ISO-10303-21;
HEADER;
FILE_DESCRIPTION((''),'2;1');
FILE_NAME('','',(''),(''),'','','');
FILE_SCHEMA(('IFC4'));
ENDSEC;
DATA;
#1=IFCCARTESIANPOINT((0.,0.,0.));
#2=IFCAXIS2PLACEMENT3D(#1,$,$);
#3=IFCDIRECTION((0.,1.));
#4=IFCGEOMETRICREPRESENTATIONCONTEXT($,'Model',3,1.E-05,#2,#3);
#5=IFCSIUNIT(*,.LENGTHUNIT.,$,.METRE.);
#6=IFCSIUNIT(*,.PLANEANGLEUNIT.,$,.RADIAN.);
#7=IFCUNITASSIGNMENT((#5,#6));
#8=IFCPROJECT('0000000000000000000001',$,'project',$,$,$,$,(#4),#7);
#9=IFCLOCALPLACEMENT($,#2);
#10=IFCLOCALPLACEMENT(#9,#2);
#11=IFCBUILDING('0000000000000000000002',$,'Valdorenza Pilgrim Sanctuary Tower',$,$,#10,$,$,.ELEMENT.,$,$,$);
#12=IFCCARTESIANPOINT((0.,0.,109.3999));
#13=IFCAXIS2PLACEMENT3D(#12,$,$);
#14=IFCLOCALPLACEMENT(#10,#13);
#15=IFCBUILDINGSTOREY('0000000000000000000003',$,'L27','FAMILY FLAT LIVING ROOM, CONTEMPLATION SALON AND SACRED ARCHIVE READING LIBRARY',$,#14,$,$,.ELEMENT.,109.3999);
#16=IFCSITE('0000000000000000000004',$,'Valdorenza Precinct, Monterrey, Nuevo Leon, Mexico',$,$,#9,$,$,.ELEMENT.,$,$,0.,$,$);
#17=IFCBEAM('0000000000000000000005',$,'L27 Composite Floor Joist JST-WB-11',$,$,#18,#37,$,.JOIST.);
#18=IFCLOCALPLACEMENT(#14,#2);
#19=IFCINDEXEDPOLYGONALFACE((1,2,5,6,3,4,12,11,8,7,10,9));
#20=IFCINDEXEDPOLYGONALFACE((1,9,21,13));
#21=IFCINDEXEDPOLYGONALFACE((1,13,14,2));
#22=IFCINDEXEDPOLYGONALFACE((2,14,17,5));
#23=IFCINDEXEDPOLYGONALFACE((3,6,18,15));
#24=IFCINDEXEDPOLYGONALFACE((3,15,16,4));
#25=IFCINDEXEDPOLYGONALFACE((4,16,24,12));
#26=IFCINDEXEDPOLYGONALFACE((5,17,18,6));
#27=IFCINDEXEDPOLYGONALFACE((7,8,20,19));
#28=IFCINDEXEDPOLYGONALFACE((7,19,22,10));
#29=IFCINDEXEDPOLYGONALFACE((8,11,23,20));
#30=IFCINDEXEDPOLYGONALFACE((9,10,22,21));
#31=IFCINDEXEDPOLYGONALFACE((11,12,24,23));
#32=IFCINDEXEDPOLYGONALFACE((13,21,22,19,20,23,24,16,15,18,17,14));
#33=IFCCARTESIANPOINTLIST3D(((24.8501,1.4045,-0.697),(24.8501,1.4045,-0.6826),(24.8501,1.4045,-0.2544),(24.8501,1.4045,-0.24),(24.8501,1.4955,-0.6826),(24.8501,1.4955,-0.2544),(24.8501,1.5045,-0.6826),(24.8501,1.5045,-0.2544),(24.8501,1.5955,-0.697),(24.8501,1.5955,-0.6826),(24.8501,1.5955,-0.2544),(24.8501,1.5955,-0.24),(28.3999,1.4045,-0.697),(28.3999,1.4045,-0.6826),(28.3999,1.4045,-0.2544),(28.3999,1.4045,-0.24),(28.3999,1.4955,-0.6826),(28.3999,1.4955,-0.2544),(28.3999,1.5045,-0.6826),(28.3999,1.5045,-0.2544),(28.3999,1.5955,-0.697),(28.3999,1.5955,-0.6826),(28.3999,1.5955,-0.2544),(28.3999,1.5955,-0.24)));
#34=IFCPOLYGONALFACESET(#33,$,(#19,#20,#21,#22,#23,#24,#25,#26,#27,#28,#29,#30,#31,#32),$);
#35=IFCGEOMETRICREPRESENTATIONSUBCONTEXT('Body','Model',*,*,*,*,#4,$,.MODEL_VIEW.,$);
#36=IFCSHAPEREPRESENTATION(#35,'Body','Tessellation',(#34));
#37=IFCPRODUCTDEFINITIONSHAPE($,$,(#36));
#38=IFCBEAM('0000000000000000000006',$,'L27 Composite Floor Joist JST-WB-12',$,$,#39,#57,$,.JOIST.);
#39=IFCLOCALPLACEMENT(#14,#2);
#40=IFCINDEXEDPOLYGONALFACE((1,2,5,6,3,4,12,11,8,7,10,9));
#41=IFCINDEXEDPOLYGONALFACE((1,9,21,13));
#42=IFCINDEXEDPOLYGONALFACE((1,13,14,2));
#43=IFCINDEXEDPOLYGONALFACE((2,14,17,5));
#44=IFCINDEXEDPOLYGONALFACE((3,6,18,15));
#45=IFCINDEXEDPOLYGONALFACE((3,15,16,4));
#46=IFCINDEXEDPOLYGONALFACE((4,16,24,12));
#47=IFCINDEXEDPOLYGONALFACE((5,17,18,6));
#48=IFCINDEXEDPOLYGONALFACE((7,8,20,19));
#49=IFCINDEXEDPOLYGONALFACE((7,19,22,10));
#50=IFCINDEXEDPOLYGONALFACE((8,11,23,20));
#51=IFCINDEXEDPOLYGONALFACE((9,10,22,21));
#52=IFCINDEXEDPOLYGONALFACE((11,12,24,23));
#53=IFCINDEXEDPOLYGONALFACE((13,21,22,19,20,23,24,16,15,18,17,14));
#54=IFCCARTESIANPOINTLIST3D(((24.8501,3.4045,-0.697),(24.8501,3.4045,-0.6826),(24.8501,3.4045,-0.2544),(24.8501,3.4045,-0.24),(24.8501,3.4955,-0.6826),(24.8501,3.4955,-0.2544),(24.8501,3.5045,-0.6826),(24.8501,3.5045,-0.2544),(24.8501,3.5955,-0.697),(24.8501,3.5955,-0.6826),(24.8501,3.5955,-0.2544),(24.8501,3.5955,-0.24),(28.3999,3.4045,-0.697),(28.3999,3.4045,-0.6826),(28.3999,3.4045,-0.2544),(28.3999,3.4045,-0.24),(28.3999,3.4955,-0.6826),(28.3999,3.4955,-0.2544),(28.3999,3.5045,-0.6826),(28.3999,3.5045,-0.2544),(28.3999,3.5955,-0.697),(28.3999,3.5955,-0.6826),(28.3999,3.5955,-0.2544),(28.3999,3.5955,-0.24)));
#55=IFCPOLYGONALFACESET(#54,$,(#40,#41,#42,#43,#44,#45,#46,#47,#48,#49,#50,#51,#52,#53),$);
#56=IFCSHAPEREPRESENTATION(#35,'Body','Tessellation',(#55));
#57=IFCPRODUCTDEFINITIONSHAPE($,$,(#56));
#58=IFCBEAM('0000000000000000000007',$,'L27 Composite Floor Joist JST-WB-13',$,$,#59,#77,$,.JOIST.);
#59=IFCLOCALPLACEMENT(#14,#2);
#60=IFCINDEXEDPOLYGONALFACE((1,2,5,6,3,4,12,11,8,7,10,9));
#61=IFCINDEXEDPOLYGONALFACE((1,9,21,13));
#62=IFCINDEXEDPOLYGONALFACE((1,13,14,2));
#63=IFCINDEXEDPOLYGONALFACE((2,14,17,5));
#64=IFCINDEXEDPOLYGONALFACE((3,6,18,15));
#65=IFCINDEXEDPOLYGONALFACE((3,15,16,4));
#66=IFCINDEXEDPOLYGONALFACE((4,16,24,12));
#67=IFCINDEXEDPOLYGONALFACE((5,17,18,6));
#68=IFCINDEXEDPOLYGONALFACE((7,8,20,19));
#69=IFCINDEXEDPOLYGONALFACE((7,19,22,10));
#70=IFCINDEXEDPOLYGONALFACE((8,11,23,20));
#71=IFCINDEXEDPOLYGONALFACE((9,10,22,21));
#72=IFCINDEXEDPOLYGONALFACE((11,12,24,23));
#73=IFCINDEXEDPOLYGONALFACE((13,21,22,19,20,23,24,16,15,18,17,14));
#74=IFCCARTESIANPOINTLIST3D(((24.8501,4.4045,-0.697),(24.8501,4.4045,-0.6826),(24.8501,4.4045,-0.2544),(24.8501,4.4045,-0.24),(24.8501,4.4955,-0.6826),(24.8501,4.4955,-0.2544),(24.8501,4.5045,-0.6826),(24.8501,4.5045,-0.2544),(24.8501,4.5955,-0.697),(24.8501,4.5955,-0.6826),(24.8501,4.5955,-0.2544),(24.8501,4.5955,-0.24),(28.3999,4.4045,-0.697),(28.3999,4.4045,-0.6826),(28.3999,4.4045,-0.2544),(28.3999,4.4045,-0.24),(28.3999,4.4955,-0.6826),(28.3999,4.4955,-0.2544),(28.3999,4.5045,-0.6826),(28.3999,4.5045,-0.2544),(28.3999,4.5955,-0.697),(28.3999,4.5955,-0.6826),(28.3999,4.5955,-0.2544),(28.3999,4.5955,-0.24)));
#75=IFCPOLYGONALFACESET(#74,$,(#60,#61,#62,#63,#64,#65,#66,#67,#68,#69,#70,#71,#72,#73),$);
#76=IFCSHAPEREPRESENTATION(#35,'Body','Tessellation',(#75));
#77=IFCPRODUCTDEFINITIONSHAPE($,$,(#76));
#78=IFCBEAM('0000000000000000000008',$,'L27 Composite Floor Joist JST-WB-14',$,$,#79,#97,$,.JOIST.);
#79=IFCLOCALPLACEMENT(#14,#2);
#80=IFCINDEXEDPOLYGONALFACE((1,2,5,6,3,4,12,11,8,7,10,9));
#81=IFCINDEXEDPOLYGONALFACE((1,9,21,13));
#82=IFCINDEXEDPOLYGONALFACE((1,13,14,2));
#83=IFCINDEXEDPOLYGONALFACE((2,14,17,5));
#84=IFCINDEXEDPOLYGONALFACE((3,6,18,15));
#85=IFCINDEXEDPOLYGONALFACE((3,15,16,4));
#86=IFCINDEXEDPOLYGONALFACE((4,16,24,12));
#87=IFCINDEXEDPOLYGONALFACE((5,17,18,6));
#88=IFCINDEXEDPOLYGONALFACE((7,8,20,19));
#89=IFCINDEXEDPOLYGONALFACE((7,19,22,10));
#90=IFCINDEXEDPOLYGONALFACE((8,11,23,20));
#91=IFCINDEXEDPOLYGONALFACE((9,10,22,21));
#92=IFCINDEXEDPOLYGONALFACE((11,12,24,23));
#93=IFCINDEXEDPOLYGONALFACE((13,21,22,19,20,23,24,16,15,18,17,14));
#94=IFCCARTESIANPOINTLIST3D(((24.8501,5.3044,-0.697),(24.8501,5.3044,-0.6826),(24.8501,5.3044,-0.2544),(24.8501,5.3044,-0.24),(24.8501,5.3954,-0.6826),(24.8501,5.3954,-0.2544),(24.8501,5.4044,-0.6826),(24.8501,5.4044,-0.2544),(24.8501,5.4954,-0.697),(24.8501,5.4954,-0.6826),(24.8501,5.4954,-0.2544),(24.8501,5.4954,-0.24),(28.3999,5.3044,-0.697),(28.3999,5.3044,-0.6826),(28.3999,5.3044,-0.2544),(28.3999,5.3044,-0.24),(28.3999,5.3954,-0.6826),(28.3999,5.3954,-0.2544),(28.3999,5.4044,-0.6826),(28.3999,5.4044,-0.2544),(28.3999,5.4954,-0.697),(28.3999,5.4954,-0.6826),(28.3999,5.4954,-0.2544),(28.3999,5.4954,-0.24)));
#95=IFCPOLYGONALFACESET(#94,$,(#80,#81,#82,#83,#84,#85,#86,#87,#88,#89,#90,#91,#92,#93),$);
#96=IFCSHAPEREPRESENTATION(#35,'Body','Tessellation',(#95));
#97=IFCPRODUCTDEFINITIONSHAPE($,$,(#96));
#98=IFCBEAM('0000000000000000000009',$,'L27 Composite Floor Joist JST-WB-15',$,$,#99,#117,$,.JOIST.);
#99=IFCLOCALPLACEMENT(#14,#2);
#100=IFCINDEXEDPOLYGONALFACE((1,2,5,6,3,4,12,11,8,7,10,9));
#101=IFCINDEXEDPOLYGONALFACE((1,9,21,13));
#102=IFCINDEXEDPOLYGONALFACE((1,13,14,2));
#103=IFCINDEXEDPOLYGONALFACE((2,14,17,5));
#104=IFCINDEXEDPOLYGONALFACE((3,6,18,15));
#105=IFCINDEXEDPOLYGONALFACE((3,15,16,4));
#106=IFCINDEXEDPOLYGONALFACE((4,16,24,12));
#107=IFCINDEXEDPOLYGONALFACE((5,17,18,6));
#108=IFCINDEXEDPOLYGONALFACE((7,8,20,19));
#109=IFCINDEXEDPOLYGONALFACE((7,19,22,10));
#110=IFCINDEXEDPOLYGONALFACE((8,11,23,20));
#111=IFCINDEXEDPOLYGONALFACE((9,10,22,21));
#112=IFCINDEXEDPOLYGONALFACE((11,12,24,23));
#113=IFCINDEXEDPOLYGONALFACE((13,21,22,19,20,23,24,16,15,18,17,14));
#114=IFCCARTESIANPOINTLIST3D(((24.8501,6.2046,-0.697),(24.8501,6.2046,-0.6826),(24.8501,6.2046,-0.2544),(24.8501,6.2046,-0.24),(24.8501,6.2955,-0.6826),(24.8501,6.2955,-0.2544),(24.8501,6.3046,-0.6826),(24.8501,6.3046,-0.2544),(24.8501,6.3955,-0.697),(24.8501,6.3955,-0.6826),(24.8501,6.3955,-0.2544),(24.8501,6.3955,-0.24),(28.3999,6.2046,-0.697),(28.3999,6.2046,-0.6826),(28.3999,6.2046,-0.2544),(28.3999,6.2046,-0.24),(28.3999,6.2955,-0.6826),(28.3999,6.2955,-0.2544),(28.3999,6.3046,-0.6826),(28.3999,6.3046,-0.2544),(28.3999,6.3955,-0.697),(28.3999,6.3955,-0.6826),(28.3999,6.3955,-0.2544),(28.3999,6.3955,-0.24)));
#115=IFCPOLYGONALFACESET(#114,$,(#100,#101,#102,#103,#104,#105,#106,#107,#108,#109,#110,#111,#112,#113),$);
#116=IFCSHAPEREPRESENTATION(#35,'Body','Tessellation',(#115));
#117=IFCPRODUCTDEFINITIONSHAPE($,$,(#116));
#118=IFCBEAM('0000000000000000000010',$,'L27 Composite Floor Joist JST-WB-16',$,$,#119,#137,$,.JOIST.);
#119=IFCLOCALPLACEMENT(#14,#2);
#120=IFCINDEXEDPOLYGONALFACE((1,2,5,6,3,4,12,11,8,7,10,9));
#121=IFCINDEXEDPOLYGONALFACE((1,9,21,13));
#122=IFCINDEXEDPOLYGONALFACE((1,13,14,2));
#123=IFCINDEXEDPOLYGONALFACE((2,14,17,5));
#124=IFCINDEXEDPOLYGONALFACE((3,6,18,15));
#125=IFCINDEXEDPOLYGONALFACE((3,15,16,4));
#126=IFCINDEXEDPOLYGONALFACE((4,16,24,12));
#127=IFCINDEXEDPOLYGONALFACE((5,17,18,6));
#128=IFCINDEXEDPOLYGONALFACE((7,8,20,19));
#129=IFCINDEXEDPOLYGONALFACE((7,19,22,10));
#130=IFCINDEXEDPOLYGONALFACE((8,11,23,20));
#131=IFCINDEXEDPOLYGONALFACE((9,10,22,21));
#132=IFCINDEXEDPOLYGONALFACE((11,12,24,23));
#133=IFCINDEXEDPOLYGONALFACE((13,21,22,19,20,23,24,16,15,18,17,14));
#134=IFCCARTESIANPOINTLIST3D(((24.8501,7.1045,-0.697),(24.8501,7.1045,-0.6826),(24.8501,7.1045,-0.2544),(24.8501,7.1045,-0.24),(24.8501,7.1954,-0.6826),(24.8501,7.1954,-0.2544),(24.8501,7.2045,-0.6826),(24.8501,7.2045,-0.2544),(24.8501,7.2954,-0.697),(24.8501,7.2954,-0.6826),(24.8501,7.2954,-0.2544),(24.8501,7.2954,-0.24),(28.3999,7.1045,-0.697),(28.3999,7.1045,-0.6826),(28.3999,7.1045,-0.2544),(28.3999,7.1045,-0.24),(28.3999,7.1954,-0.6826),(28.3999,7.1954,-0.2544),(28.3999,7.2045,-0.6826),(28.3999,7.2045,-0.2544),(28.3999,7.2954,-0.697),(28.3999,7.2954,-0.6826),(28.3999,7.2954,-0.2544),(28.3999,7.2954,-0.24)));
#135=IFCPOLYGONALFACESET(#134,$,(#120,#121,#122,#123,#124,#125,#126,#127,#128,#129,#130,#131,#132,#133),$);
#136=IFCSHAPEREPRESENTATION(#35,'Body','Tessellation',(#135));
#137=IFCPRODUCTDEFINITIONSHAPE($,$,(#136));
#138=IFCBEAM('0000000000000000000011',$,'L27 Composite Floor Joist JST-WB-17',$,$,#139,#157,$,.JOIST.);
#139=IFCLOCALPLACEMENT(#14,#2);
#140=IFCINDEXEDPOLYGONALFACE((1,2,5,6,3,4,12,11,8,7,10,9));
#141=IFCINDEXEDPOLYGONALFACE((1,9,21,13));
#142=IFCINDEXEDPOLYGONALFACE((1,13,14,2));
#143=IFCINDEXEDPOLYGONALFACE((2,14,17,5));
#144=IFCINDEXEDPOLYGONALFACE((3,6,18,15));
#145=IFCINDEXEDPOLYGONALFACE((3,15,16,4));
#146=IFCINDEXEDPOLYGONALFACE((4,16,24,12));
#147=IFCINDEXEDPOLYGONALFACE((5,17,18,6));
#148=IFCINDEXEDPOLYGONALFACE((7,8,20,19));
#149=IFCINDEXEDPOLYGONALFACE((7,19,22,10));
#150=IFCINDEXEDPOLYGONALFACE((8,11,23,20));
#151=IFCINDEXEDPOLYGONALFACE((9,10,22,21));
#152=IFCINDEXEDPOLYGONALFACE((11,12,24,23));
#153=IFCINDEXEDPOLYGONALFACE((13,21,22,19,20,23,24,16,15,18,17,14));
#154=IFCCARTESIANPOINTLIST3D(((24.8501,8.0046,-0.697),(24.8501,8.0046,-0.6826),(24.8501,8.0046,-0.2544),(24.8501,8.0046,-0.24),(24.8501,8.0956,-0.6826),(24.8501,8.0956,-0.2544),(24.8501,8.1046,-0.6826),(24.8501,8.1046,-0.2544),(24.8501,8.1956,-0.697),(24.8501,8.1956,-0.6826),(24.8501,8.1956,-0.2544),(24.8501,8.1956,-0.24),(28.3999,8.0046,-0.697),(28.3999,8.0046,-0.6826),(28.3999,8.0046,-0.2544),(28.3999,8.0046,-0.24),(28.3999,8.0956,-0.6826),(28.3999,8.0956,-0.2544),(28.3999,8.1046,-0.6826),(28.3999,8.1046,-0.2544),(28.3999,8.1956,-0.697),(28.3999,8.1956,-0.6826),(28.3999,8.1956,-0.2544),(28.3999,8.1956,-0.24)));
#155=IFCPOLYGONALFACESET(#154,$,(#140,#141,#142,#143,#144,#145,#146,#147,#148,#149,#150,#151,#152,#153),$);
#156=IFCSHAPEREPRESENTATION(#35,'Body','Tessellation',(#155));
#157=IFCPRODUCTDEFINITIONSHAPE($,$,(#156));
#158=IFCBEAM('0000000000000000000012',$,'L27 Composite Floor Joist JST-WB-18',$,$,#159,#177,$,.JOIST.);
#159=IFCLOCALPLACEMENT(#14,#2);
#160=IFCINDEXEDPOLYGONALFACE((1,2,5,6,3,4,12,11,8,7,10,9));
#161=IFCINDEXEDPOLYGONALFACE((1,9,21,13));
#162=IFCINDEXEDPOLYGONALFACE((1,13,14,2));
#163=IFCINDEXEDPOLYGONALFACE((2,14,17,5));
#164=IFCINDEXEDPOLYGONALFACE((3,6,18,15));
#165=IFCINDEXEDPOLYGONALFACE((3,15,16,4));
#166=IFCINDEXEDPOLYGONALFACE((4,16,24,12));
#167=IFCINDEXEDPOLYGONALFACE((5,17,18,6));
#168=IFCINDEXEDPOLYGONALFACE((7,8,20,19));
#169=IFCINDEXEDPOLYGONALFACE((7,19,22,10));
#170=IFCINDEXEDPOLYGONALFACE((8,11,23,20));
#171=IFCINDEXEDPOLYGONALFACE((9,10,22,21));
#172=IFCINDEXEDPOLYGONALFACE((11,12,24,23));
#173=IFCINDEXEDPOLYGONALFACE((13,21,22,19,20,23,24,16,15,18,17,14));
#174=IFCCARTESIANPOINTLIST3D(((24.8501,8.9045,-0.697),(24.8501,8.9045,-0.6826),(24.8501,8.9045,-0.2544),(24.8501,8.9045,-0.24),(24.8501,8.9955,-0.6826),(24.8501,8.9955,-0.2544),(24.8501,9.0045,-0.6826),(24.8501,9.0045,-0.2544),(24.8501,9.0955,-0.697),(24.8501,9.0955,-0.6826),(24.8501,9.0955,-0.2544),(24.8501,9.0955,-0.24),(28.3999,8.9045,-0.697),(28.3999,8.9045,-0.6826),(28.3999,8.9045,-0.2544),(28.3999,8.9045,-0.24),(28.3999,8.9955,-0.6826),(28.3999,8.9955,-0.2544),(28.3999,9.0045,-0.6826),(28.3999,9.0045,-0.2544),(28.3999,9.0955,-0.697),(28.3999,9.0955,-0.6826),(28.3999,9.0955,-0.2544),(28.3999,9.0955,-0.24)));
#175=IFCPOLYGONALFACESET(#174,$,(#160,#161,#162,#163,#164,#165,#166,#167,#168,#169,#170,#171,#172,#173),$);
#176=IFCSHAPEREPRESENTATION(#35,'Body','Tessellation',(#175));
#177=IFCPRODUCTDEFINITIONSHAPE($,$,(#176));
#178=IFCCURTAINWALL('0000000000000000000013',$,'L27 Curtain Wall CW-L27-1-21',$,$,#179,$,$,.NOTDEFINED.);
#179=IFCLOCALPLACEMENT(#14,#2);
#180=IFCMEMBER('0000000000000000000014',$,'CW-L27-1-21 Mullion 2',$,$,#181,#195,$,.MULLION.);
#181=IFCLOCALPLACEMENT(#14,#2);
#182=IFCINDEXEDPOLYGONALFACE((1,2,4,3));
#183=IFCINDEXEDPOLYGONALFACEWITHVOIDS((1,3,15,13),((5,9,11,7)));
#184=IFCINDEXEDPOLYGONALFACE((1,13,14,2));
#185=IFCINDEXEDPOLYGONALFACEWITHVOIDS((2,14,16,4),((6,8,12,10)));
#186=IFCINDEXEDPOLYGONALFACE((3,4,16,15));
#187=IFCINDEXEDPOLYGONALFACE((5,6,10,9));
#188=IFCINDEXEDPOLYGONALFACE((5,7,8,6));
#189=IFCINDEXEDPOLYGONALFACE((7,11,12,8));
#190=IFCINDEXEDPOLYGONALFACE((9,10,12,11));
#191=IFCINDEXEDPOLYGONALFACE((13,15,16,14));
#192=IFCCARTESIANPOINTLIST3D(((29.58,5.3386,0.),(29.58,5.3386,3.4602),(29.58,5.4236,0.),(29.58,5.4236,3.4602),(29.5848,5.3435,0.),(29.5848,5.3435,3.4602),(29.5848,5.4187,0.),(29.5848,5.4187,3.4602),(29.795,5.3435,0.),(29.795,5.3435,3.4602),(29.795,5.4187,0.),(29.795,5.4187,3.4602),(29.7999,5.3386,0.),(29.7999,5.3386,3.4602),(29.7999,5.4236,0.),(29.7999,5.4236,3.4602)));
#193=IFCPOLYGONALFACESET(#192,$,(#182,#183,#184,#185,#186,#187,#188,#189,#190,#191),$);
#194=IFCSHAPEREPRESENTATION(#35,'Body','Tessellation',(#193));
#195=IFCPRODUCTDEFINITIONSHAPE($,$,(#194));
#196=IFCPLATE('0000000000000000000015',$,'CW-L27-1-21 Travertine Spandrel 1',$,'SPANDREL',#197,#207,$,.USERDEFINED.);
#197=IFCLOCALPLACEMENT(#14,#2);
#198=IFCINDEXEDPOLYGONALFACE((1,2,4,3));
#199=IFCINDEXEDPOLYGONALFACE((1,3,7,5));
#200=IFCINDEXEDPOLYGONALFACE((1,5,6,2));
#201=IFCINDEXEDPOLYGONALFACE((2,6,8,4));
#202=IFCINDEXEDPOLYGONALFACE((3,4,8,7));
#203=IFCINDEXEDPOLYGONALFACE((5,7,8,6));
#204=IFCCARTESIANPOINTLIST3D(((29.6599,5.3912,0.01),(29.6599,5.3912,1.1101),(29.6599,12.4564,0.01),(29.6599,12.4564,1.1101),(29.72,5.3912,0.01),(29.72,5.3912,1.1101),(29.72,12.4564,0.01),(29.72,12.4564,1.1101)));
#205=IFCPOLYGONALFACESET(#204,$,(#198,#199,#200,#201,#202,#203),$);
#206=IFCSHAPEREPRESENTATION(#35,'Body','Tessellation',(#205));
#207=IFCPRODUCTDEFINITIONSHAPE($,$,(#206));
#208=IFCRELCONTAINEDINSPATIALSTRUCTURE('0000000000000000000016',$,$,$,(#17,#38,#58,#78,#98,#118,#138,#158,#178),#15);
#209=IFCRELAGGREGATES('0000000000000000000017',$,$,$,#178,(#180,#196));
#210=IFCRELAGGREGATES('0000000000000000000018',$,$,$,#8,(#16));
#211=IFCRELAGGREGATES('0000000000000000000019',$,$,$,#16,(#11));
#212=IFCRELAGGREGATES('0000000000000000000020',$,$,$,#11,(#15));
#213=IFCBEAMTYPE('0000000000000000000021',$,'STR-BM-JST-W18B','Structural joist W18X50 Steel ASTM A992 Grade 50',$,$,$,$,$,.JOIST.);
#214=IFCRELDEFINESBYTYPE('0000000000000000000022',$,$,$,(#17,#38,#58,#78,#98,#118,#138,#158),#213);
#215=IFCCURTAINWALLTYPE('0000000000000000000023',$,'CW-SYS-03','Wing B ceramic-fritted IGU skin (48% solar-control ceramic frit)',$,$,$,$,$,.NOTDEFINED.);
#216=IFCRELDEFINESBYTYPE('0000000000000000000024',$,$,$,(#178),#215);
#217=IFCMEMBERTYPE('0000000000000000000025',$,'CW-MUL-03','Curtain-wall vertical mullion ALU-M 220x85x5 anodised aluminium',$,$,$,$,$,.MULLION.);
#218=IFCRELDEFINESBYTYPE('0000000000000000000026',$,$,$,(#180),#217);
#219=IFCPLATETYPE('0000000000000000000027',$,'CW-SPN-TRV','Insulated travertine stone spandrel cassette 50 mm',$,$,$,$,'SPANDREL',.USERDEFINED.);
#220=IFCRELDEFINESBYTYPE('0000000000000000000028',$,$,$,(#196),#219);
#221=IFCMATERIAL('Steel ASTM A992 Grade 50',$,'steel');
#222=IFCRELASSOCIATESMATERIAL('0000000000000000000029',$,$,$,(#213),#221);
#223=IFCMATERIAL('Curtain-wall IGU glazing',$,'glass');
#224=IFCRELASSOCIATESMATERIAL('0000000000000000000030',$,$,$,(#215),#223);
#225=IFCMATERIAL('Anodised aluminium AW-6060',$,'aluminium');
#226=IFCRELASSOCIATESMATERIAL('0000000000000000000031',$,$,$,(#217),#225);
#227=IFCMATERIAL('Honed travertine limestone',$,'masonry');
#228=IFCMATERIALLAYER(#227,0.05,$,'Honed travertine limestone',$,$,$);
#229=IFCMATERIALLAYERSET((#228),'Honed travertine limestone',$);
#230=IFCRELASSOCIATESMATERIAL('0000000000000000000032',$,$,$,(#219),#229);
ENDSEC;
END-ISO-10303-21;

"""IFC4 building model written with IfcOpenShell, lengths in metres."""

from ifc_helpers import new_model, si_unit, direction, frame, origin, origin_2d, place, context, subcontext, project, spatial, rectangle, hollow_rectangle, i_section, extrude, source, transform, mapped, material, layer, layer_set, material_profile, profile_set, type_object, element, aggregate, save


model = new_model("IFC4")

# Units and contexts
model_context = context("Model", 3, precision=1e-05, world=origin(), true_north=direction((0.0, 1.0)))
body_context = subcontext(model_context, "Body", "Model", "MODEL_VIEW")
ifc_project = project(units=[si_unit("LENGTHUNIT", "METRE"), si_unit("PLANEANGLEUNIT", "RADIAN")], contexts=[model_context])

# Site, building, storey
site_placement = place(None, origin())
site = spatial("IfcSite", under=ifc_project, at=site_placement, Name="Valdorenza Precinct, Monterrey, Nuevo Leon, Mexico", CompositionType="ELEMENT", RefElevation=0.0)
building_placement = place(site_placement, origin())
building = spatial("IfcBuilding", under=site, at=building_placement, Name="Valdorenza Pilgrim Sanctuary Tower", CompositionType="ELEMENT")
storey_placement = place(building_placement, frame((0.0, 0.0, 109.3999)))
storey = spatial("IfcBuildingStorey", under=building, at=storey_placement, Name="L27", Description="FAMILY FLAT LIVING ROOM, CONTEMPLATION SALON AND SACRED ARCHIVE READING LIBRARY", CompositionType="ELEMENT", Elevation=109.3999)

# Beams
ifc_material_1 = material(Name="Steel ASTM A992 Grade 50", Category="steel")
ifc_material_profile_1 = material_profile(ifc_material_1, i_section(OverallWidth=0.1909, OverallDepth=0.457, WebThickness=0.009, FlangeThickness=0.0144, at=origin_2d()), Name="W18X50")
ifc_profile_set_1 = profile_set([ifc_material_profile_1], Name="Steel ASTM A992 Grade 50")
beam_type = type_object("IfcBeamType", Name="STR-BM-JST-W18B", Description="Structural joist W18X50 Steel ASTM A992 Grade 50", PredefinedType="JOIST", material=ifc_profile_set_1)
shared_shape_1 = source(origin(), body_context, "Body", "SweptSolid", [
    extrude(i_section(OverallWidth=0.1909, OverallDepth=0.457, WebThickness=0.009, FlangeThickness=0.0144, at=origin_2d()), origin(), (0.0, 0.0, 1.0), 3.5498),
])
for number, where, z_axis, x_axis, name in (
    (1, (24.8501, 1.5, -0.4685), (1.0, 0.0, 0.0), (0.0, 1.0, 0.0), "L27 Composite Floor Joist JST-WB-11"),
    (2, (24.8501, 3.5, -0.4685), (1.0, 0.0, 0.0), (0.0, 1.0, 0.0), "L27 Composite Floor Joist JST-WB-12"),
    (3, (24.8501, 4.5, -0.4685), (1.0, 0.0, 0.0), (0.0, 1.0, 0.0), "L27 Composite Floor Joist JST-WB-13"),
    (4, (24.8501, 5.3999, -0.4685), (1.0, 0.0, 0.0), (0.0, 1.0, 0.0), "L27 Composite Floor Joist JST-WB-14"),
    (5, (24.8501, 6.3, -0.4685), (1.0, 0.0, 0.0), (0.0, 1.0, 0.0), "L27 Composite Floor Joist JST-WB-15"),
    (6, (24.8501, 7.2, -0.4685), (1.0, 0.0, 0.0), (0.0, 1.0, 0.0), "L27 Composite Floor Joist JST-WB-16"),
    (7, (24.8501, 8.1001, -0.4685), (1.0, 0.0, 0.0), (0.0, 1.0, 0.0), "L27 Composite Floor Joist JST-WB-17"),
    (8, (24.8501, 9.0, -0.4685), (1.0, 0.0, 0.0), (0.0, 1.0, 0.0), "L27 Composite Floor Joist JST-WB-18"),
):
    element("IfcBeam", number, at=place(storey_placement, frame(where, z_axis=z_axis, x_axis=x_axis)), inside=storey, type_object=beam_type, Name=name, PredefinedType="JOIST", context=body_context, shape_type="MappedRepresentation", body=[
        mapped(shared_shape_1, transform((0.0, 0.0, 0.0), x_axis=(1.0, 0.0, 0.0), y_axis=(0.0, 1.0, 0.0), z_axis=(0.0, 0.0, 1.0), scale=1.0)),
    ])

# Curtain wall, member, plate
ifc_material_2 = material(Name="Curtain-wall IGU glazing", Category="glass")
curtain_wall_type = type_object("IfcCurtainWallType", Name="CW-SYS-03", Description="Wing B ceramic-fritted IGU skin (48% solar-control ceramic frit)", PredefinedType="NOTDEFINED", material=ifc_material_2)
curtain_wall_placement = place(storey_placement, origin())
curtain_wall = element("IfcCurtainWall", 9, at=curtain_wall_placement, inside=storey, type_object=curtain_wall_type, Name="L27 Curtain Wall CW-L27-1-21", PredefinedType="NOTDEFINED")
ifc_material_3 = material(Name="Anodised aluminium AW-6060", Category="aluminium")
ifc_material_profile_2 = material_profile(ifc_material_3, hollow_rectangle(XDim=0.085, YDim=0.22, WallThickness=0.0049, at=origin_2d()), Name="ALU-M 220x85x5")
ifc_profile_set_2 = profile_set([ifc_material_profile_2], Name="Anodised aluminium AW-6060")
member_type = type_object("IfcMemberType", Name="CW-MUL-03", Description="Curtain-wall vertical mullion ALU-M 220x85x5 anodised aluminium", PredefinedType="MULLION", material=ifc_profile_set_2)
shared_shape_2 = source(origin(), body_context, "Body", "SweptSolid", [
    extrude(hollow_rectangle(XDim=0.085, YDim=0.22, WallThickness=0.0049, at=origin_2d()), origin(), (0.0, 0.0, 1.0), 3.4602),
])
member_placement = place(storey_placement, frame((29.6899, 5.3811, 0.0), z_axis=(0.0, 0.0, 1.0), x_axis=(0.0, -1.0, 0.0)))
member = element("IfcMember", 10, at=member_placement, type_object=member_type, Name="CW-L27-1-21 Mullion 2", PredefinedType="MULLION", context=body_context, shape_type="MappedRepresentation", body=[
    mapped(shared_shape_2, transform((0.0, 0.0, 0.0), x_axis=(1.0, 0.0, 0.0), y_axis=(0.0, 1.0, 0.0), z_axis=(0.0, 0.0, 1.0), scale=1.0)),
])
ifc_material_4 = material(Name="Honed travertine limestone", Category="masonry")
ifc_layer_1 = layer(ifc_material_4, 0.05, Name="Honed travertine limestone")
ifc_layer_set_1 = layer_set([ifc_layer_1], Name="Honed travertine limestone")
plate_type_1 = type_object("IfcPlateType", Name="CW-SPN-TRV", Description="Insulated travertine stone spandrel cassette 50 mm", ElementType="SPANDREL", PredefinedType="USERDEFINED", material=ifc_layer_set_1)
shared_shape_3 = source(origin(), body_context, "Body", "SweptSolid", [
    extrude(rectangle(XDim=7.0652, YDim=0.0601, at=origin_2d()), origin(), (0.0, 0.0, 1.0), 1.1001),
])
plate_1_placement = place(storey_placement, frame((29.6899, 8.9238, 0.01), z_axis=(0.0, 0.0, 1.0), x_axis=(0.0, -1.0, 0.0)))
plate_1 = element("IfcPlate", 11, at=plate_1_placement, type_object=plate_type_1, Name="CW-L27-1-21 Travertine Spandrel 1", ObjectType="SPANDREL", PredefinedType="USERDEFINED", context=body_context, shape_type="MappedRepresentation", body=[
    mapped(shared_shape_3, transform((0.0, 0.0, 0.0), x_axis=(1.0, 0.0, 0.0), y_axis=(0.0, 1.0, 0.0), z_axis=(0.0, 0.0, 1.0), scale=1.0)),
])
aggregate(curtain_wall, [member, plate_1])

save(model, "model.ifc")
